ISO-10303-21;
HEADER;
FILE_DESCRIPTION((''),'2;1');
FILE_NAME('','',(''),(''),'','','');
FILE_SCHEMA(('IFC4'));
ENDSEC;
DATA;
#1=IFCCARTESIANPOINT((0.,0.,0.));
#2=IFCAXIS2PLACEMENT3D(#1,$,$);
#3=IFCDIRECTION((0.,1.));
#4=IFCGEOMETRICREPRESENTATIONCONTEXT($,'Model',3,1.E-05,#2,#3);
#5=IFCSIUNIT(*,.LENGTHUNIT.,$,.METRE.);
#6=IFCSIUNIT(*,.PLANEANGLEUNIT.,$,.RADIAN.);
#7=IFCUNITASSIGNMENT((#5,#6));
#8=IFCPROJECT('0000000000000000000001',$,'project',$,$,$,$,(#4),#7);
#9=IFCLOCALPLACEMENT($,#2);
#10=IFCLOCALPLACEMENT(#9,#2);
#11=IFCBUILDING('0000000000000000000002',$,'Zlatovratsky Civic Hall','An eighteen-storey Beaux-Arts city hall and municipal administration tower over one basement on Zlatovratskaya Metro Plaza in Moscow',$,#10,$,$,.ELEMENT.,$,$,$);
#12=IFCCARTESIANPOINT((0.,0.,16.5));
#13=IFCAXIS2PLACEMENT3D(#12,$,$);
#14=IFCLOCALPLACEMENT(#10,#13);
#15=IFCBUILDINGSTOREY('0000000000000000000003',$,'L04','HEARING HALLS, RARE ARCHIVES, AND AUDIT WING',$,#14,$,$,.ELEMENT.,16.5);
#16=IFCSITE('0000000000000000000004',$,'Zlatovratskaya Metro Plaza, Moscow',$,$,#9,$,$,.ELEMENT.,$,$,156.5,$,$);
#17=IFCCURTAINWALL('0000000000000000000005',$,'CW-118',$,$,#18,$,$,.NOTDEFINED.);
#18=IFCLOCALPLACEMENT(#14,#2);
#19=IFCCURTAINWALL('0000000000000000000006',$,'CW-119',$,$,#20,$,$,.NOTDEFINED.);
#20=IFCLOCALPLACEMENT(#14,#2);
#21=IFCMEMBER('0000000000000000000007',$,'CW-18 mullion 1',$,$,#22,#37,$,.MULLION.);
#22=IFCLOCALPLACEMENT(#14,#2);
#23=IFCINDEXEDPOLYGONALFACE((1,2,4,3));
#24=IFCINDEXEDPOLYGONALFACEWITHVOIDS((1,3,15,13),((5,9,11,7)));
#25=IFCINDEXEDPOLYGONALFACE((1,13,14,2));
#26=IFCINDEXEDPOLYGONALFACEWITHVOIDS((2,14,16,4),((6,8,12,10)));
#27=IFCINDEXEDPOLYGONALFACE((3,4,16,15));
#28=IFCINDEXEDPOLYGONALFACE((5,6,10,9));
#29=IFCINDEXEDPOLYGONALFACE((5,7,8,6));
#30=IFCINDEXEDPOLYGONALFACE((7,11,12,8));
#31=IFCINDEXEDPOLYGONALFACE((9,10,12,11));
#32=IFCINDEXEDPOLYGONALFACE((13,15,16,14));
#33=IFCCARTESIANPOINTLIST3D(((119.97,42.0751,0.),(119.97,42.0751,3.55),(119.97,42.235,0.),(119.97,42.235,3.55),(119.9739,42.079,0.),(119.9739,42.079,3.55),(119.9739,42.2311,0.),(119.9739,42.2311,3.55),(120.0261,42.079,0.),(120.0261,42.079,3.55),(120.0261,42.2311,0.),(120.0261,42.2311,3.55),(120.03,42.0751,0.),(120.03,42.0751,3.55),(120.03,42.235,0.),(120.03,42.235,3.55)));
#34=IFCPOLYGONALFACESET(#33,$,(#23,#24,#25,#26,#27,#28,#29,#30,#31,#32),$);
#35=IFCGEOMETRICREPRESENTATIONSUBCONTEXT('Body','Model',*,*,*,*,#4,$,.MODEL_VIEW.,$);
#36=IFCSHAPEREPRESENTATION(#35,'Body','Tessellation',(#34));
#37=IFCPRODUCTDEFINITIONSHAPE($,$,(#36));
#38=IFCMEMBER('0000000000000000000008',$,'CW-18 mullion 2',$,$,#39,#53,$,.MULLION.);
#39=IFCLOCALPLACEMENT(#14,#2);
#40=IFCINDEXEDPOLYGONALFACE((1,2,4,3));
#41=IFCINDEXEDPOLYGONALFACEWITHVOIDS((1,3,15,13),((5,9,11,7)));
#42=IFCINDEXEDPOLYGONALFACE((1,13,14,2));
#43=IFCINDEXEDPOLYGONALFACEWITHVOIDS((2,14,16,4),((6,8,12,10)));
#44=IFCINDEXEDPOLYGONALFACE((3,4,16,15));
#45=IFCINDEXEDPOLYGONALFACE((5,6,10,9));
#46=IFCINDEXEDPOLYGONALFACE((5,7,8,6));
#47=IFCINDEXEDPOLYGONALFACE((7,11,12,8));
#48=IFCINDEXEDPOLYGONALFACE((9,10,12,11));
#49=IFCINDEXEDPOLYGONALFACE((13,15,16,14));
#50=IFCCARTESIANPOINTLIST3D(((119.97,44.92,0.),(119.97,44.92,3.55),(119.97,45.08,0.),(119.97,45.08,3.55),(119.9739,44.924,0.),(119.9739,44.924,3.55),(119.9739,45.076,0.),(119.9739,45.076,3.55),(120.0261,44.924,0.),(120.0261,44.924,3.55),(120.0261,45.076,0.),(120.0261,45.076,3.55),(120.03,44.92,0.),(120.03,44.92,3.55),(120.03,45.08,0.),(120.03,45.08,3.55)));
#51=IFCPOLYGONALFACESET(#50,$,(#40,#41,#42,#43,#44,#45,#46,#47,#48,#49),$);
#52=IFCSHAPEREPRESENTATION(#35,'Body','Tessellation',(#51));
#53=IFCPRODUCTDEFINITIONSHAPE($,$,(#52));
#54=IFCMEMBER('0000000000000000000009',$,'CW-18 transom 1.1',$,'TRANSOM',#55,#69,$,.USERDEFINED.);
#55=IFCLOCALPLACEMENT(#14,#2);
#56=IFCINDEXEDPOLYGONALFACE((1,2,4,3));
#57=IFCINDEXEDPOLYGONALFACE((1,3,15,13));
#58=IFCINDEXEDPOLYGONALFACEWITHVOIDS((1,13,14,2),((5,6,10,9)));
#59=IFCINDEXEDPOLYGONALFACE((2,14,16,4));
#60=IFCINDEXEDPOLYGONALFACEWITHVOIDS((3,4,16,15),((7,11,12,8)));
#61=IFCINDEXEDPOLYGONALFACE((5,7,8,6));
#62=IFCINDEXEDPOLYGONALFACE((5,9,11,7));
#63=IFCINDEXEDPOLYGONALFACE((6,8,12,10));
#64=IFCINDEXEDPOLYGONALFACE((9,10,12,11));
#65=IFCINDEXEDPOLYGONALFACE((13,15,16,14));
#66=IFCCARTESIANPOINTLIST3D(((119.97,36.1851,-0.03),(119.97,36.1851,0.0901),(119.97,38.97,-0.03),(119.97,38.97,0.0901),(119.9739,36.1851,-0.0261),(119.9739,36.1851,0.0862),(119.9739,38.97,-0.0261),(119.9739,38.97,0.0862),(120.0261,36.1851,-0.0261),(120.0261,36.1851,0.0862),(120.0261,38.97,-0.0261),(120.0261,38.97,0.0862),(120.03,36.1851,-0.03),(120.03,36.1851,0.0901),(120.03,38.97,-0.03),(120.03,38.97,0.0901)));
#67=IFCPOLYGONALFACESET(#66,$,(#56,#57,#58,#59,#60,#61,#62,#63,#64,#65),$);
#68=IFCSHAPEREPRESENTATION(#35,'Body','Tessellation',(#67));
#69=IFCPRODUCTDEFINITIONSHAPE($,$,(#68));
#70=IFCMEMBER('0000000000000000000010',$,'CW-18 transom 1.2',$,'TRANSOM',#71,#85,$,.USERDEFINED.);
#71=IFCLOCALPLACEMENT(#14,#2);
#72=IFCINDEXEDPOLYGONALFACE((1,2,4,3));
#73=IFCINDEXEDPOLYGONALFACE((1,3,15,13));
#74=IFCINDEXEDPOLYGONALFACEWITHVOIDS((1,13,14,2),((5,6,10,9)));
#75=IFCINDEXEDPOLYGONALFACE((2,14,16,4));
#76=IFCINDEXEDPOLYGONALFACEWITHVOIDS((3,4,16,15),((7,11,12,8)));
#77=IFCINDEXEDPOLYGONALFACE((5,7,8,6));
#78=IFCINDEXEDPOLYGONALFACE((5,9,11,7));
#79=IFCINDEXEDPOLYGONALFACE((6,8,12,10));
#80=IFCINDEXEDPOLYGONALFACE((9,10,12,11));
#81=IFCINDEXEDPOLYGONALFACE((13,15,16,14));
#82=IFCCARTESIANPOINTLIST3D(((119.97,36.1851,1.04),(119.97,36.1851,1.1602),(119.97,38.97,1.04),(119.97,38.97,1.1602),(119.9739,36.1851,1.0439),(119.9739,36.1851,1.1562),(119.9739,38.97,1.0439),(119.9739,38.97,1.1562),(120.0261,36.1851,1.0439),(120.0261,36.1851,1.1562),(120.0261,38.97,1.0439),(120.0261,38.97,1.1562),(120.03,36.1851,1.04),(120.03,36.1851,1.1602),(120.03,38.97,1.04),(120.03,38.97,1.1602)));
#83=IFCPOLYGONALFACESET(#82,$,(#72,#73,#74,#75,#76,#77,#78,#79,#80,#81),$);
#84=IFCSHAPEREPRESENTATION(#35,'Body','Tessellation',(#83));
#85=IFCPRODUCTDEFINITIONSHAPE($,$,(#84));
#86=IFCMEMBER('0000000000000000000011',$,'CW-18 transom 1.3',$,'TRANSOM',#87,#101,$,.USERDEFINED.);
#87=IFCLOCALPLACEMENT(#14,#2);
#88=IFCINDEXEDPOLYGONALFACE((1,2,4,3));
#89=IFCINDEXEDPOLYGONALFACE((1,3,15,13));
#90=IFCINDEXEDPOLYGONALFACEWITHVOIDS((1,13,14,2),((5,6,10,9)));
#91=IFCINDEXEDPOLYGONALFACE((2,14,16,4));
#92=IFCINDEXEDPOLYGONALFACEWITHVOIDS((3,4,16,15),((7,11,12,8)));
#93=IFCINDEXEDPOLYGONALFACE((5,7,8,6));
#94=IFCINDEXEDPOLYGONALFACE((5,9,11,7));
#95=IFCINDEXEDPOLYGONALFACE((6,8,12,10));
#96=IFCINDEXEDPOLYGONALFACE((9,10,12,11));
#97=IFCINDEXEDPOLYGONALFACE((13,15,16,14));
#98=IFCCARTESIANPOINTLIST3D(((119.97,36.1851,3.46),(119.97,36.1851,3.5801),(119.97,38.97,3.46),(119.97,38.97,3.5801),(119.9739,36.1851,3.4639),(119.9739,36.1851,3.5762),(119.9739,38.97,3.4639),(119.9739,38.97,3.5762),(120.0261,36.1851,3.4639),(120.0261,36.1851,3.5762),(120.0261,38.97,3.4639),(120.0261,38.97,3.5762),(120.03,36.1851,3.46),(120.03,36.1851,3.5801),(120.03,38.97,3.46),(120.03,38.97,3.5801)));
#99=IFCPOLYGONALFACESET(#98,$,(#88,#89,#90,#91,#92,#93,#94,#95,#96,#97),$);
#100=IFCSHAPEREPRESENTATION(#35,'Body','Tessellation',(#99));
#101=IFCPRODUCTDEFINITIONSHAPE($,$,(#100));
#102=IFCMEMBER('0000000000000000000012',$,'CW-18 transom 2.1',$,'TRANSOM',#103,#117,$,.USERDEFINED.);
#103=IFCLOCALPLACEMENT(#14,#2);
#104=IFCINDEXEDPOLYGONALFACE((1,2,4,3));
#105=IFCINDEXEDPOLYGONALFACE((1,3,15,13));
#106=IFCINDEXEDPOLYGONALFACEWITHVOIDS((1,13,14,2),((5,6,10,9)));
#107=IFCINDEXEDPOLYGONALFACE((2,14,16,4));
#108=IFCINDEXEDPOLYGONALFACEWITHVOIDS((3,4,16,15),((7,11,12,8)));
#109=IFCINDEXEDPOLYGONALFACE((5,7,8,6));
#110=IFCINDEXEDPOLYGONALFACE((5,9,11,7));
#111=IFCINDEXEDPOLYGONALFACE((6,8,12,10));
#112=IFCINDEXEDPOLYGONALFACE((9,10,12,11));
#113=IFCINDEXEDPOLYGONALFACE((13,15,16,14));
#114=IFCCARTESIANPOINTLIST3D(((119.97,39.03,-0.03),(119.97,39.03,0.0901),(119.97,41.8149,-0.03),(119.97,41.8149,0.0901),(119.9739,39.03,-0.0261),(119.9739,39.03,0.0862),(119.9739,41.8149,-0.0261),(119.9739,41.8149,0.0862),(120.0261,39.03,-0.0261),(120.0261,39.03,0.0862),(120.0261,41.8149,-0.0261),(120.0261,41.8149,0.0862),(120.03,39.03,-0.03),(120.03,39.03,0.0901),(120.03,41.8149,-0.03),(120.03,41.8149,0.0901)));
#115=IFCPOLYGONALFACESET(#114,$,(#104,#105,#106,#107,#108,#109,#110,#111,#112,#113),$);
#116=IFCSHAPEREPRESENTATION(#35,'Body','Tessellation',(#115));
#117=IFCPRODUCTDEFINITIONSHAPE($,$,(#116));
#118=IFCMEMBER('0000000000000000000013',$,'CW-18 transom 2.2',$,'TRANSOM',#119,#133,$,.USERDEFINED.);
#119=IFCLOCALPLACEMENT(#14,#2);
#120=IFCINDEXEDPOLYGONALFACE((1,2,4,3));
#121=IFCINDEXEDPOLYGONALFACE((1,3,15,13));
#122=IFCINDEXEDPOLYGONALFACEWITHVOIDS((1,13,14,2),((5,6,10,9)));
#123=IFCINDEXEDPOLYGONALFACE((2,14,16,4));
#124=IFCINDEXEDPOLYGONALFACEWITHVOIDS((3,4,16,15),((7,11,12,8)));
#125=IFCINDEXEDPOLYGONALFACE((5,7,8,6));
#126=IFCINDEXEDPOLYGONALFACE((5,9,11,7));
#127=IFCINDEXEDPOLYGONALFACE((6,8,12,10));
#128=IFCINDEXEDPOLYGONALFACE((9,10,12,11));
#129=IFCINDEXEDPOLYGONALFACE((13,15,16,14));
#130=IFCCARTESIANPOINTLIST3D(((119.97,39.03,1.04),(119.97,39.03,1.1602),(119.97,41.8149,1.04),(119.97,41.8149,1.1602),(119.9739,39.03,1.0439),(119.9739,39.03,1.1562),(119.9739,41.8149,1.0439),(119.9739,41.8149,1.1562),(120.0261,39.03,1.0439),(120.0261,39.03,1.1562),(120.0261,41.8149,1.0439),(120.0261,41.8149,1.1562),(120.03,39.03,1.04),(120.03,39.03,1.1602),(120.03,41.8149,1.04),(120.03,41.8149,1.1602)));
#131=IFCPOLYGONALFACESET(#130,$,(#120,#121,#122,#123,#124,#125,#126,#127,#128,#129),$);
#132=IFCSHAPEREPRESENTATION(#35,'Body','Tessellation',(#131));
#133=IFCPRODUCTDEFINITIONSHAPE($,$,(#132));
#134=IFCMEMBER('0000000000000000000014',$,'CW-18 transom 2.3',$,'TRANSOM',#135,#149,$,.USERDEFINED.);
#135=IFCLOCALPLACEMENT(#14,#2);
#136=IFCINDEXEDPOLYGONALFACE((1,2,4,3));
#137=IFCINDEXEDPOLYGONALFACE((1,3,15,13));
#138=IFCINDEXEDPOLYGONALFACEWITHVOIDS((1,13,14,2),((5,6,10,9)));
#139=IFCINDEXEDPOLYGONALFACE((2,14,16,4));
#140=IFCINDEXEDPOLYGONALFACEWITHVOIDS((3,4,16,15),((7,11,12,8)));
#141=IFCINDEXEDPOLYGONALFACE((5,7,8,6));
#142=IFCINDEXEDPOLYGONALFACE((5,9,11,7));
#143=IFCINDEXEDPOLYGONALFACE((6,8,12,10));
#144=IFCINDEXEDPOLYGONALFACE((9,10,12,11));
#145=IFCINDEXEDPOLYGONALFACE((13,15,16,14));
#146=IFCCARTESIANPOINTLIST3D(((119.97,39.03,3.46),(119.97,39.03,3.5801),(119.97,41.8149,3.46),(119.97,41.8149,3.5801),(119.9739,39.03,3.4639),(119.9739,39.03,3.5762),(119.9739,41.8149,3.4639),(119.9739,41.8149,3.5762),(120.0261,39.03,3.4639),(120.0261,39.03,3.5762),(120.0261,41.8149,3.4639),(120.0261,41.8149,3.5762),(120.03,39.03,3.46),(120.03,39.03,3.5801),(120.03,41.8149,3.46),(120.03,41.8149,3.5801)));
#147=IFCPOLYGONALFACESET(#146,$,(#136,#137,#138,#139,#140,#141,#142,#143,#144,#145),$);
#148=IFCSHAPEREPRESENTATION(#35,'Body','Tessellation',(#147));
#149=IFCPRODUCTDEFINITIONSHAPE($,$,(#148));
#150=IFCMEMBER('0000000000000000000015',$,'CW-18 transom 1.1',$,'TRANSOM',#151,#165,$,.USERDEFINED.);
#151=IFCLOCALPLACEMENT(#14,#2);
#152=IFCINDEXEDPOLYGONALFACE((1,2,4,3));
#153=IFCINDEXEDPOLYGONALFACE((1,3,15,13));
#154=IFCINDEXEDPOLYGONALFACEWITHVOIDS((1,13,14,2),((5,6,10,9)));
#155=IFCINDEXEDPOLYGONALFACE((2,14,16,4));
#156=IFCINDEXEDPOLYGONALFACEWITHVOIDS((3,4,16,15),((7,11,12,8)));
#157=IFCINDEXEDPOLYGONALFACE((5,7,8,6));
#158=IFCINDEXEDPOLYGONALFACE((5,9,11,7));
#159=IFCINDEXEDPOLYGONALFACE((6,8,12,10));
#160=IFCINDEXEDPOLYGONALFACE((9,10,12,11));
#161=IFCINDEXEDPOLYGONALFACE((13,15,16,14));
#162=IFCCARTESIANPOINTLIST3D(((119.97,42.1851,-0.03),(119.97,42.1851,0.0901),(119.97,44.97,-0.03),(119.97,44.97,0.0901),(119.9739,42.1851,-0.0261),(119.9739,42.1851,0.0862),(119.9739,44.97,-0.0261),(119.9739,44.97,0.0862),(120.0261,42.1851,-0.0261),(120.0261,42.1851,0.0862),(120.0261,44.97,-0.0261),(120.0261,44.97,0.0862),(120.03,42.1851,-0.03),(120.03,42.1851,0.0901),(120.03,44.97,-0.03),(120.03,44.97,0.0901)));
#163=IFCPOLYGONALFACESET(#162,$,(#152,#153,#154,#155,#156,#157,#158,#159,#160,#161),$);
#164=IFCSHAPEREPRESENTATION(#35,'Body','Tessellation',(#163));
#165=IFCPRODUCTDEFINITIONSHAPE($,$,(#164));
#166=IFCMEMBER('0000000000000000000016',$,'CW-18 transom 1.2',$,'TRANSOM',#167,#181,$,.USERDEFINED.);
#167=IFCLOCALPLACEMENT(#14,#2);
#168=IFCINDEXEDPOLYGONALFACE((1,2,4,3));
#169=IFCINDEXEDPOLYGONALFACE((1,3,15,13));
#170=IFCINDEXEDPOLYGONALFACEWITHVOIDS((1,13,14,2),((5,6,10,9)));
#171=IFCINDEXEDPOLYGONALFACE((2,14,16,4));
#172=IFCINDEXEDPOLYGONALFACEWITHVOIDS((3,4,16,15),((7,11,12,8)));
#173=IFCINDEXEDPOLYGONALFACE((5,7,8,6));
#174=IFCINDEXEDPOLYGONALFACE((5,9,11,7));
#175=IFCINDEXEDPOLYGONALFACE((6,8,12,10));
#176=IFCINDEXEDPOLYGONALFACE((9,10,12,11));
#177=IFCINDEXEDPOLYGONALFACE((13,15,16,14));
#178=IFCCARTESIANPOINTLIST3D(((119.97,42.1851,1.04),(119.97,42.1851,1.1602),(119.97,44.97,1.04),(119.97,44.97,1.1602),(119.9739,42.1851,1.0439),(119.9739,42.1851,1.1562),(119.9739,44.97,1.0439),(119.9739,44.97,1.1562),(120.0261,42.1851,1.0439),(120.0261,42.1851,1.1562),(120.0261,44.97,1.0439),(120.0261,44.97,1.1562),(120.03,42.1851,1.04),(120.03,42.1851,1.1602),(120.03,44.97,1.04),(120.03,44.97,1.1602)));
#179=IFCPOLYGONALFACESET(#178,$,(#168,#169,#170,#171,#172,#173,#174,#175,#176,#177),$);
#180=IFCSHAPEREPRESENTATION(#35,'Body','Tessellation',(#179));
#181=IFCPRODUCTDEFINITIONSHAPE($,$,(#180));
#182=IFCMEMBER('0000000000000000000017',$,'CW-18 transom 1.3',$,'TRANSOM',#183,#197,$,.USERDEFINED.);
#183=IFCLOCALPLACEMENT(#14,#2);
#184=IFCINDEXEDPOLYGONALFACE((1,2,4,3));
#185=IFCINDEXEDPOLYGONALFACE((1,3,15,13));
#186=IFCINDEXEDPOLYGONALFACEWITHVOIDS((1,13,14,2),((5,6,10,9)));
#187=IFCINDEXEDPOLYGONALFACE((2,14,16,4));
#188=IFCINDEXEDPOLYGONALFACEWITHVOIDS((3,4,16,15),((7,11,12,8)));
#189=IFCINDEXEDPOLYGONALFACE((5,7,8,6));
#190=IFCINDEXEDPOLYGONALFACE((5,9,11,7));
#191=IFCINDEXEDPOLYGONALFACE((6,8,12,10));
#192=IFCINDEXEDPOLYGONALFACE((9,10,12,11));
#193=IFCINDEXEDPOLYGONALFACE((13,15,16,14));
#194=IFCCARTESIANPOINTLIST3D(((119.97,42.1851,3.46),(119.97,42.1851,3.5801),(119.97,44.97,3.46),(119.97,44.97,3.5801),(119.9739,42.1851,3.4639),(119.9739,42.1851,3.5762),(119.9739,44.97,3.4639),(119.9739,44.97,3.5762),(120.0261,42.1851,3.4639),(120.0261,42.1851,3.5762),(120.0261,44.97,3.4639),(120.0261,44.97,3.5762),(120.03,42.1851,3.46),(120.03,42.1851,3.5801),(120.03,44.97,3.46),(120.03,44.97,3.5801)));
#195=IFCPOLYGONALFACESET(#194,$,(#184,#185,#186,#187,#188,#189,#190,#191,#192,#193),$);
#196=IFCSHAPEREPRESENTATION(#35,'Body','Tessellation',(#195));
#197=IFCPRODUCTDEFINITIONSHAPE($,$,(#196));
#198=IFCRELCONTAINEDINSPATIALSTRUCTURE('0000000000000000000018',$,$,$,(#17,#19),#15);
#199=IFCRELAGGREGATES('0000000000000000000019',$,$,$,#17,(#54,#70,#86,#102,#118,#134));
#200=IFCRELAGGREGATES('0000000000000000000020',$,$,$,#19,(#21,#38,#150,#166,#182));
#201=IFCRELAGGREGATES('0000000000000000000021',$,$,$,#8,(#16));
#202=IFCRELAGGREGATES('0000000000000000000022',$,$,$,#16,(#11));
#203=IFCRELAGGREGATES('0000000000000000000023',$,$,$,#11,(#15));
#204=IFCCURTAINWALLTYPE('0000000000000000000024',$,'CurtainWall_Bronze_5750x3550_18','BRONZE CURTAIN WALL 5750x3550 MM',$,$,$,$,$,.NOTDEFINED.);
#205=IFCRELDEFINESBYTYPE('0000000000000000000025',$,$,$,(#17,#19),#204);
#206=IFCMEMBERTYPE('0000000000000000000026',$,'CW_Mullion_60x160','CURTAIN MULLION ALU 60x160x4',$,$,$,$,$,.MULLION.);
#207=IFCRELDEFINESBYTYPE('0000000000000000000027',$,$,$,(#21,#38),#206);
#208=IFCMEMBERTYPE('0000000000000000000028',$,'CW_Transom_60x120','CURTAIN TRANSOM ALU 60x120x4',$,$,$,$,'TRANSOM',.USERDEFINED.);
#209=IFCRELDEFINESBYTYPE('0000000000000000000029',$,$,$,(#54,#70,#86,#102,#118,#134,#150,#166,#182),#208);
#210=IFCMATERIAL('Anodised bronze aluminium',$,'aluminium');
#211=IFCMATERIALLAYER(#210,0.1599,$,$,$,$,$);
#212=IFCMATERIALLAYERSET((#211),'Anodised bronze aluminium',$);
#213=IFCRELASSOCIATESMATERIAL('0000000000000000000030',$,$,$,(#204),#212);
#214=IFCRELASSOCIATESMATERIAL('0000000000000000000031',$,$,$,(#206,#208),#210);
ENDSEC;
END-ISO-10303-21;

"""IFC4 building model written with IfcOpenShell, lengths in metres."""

from ifc_helpers import new_model, si_unit, direction, frame, origin, origin_2d, place, context, subcontext, project, spatial, hollow_rectangle, extrude, material, layer, layer_set, material_profile, profile_set, type_object, element, aggregate, save


model = new_model("IFC4")

# Units and contexts
model_context = context("Model", 3, precision=1e-05, world=origin(), true_north=direction((0.0, 1.0)))
body_context = subcontext(model_context, "Body", "Model", "MODEL_VIEW")
ifc_project = project(units=[si_unit("LENGTHUNIT", "METRE"), si_unit("PLANEANGLEUNIT", "RADIAN")], contexts=[model_context])

# Site, building, storey
site_placement = place(None, origin())
site = spatial("IfcSite", under=ifc_project, at=site_placement, Name="Zlatovratskaya Metro Plaza, Moscow", CompositionType="ELEMENT", RefElevation=156.5)
building_placement = place(site_placement, origin())
building = spatial("IfcBuilding", under=site, at=building_placement, Name="Zlatovratsky Civic Hall", Description="An eighteen-storey Beaux-Arts city hall and municipal administration tower over one basement on Zlatovratskaya Metro Plaza in Moscow", CompositionType="ELEMENT")
storey_placement = place(building_placement, frame((0.0, 0.0, 16.5)))
storey = spatial("IfcBuildingStorey", under=building, at=storey_placement, Name="L04", Description="HEARING HALLS, RARE ARCHIVES, AND AUDIT WING", CompositionType="ELEMENT", Elevation=16.5)

# Curtain walls, members
ifc_material_1 = material(Name="Anodised bronze aluminium", Category="aluminium")
ifc_layer_1 = layer(ifc_material_1, 0.1599)
ifc_layer_set_1 = layer_set([ifc_layer_1], Name="Anodised bronze aluminium")
curtain_wall_type = type_object("IfcCurtainWallType", Name="CurtainWall_Bronze_5750x3550_18", Description="BRONZE CURTAIN WALL 5750x3550 MM", PredefinedType="NOTDEFINED", material=ifc_layer_set_1)
curtain_wall_1_placement = place(storey_placement, origin())
curtain_wall_1 = element("IfcCurtainWall", 1, at=curtain_wall_1_placement, inside=storey, type_object=curtain_wall_type, Name="CW-118", PredefinedType="NOTDEFINED")
ifc_material_profile_1 = material_profile(ifc_material_1, hollow_rectangle(XDim=0.0601, YDim=0.1599, WallThickness=0.0039, at=origin_2d()), Name="ALU 60x160x4")
ifc_profile_set_1 = profile_set([ifc_material_profile_1], Name="Anodised bronze aluminium")
member_type_1 = type_object("IfcMemberType", Name="CW_Mullion_60x160", Description="CURTAIN MULLION ALU 60x160x4", PredefinedType="MULLION", material=ifc_profile_set_1)
curtain_wall_2_placement = place(storey_placement, origin())
curtain_wall_2 = element("IfcCurtainWall", 2, at=curtain_wall_2_placement, inside=storey, type_object=curtain_wall_type, Name="CW-119", PredefinedType="NOTDEFINED")
member_1_placement = place(storey_placement, frame((120.0, 42.155, 0.0), z_axis=(0.0, 0.0, 1.0), x_axis=(-1.0, 0.0, 0.0)))
member_1 = element("IfcMember", 3, at=member_1_placement, type_object=member_type_1, Name="CW-18 mullion 1", PredefinedType="MULLION", context=body_context, shape_type="SweptSolid", body=[
    extrude(hollow_rectangle(XDim=0.0601, YDim=0.1599, WallThickness=0.0039, at=origin_2d()), origin(), (0.0, 0.0, 1.0), 3.55),
])
member_2_placement = place(storey_placement, frame((120.0, 45.0, 0.0), z_axis=(0.0, 0.0, 1.0), x_axis=(-1.0, 0.0, 0.0)))
member_2 = element("IfcMember", 4, at=member_2_placement, type_object=member_type_1, Name="CW-18 mullion 2", PredefinedType="MULLION", context=body_context, shape_type="SweptSolid", body=[
    extrude(hollow_rectangle(XDim=0.0601, YDim=0.1599, WallThickness=0.0039, at=origin_2d()), origin(), (0.0, 0.0, 1.0), 3.55),
])

# Members
ifc_material_profile_2 = material_profile(ifc_material_1, hollow_rectangle(XDim=0.0601, YDim=0.1201, WallThickness=0.0039, at=origin_2d()), Name="ALU 60x120x4")
ifc_profile_set_2 = profile_set([ifc_material_profile_2], Name="Anodised bronze aluminium")
member_type_2 = type_object("IfcMemberType", Name="CW_Transom_60x120", Description="CURTAIN TRANSOM ALU 60x120x4", ElementType="TRANSOM", PredefinedType="USERDEFINED", material=ifc_profile_set_2)
member_3_placement = place(storey_placement, frame((120.0, 36.1851, 0.03), z_axis=(0.0, 1.0, 0.0), x_axis=(-1.0, 0.0, 0.0)))
member_3 = element("IfcMember", 5, at=member_3_placement, type_object=member_type_2, Name="CW-18 transom 1.1", ObjectType="TRANSOM", PredefinedType="USERDEFINED", context=body_context, shape_type="SweptSolid", body=[
    extrude(hollow_rectangle(XDim=0.0601, YDim=0.1201, WallThickness=0.0039, at=origin_2d()), origin(), (0.0, 0.0, 1.0), 2.7849),
])
member_4_placement = place(storey_placement, frame((120.0, 36.1851, 1.1001), z_axis=(0.0, 1.0, 0.0), x_axis=(-1.0, 0.0, 0.0)))
member_4 = element("IfcMember", 6, at=member_4_placement, type_object=member_type_2, Name="CW-18 transom 1.2", ObjectType="TRANSOM", PredefinedType="USERDEFINED", context=body_context, shape_type="SweptSolid", body=[
    extrude(hollow_rectangle(XDim=0.0601, YDim=0.1201, WallThickness=0.0039, at=origin_2d()), origin(), (0.0, 0.0, 1.0), 2.7849),
])
member_5_placement = place(storey_placement, frame((120.0, 36.1851, 3.52), z_axis=(0.0, 1.0, 0.0), x_axis=(-1.0, 0.0, 0.0)))
member_5 = element("IfcMember", 7, at=member_5_placement, type_object=member_type_2, Name="CW-18 transom 1.3", ObjectType="TRANSOM", PredefinedType="USERDEFINED", context=body_context, shape_type="SweptSolid", body=[
    extrude(hollow_rectangle(XDim=0.0601, YDim=0.1201, WallThickness=0.0039, at=origin_2d()), origin(), (0.0, 0.0, 1.0), 2.7849),
])
member_6_placement = place(storey_placement, frame((120.0, 39.03, 0.03), z_axis=(0.0, 1.0, 0.0), x_axis=(-1.0, 0.0, 0.0)))
member_6 = element("IfcMember", 8, at=member_6_placement, type_object=member_type_2, Name="CW-18 transom 2.1", ObjectType="TRANSOM", PredefinedType="USERDEFINED", context=body_context, shape_type="SweptSolid", body=[
    extrude(hollow_rectangle(XDim=0.0601, YDim=0.1201, WallThickness=0.0039, at=origin_2d()), origin(), (0.0, 0.0, 1.0), 2.7849),
])
member_7_placement = place(storey_placement, frame((120.0, 39.03, 1.1001), z_axis=(0.0, 1.0, 0.0), x_axis=(-1.0, 0.0, 0.0)))
member_7 = element("IfcMember", 9, at=member_7_placement, type_object=member_type_2, Name="CW-18 transom 2.2", ObjectType="TRANSOM", PredefinedType="USERDEFINED", context=body_context, shape_type="SweptSolid", body=[
    extrude(hollow_rectangle(XDim=0.0601, YDim=0.1201, WallThickness=0.0039, at=origin_2d()), origin(), (0.0, 0.0, 1.0), 2.7849),
])
member_8_placement = place(storey_placement, frame((120.0, 39.03, 3.52), z_axis=(0.0, 1.0, 0.0), x_axis=(-1.0, 0.0, 0.0)))
member_8 = element("IfcMember", 10, at=member_8_placement, type_object=member_type_2, Name="CW-18 transom 2.3", ObjectType="TRANSOM", PredefinedType="USERDEFINED", context=body_context, shape_type="SweptSolid", body=[
    extrude(hollow_rectangle(XDim=0.0601, YDim=0.1201, WallThickness=0.0039, at=origin_2d()), origin(), (0.0, 0.0, 1.0), 2.7849),
])
member_9_placement = place(storey_placement, frame((120.0, 42.1851, 0.03), z_axis=(0.0, 1.0, 0.0), x_axis=(-1.0, 0.0, 0.0)))
member_9 = element("IfcMember", 11, at=member_9_placement, type_object=member_type_2, Name="CW-18 transom 1.1", ObjectType="TRANSOM", PredefinedType="USERDEFINED", context=body_context, shape_type="SweptSolid", body=[
    extrude(hollow_rectangle(XDim=0.0601, YDim=0.1201, WallThickness=0.0039, at=origin_2d()), origin(), (0.0, 0.0, 1.0), 2.7849),
])
member_10_placement = place(storey_placement, frame((120.0, 42.1851, 1.1001), z_axis=(0.0, 1.0, 0.0), x_axis=(-1.0, 0.0, 0.0)))
member_10 = element("IfcMember", 12, at=member_10_placement, type_object=member_type_2, Name="CW-18 transom 1.2", ObjectType="TRANSOM", PredefinedType="USERDEFINED", context=body_context, shape_type="SweptSolid", body=[
    extrude(hollow_rectangle(XDim=0.0601, YDim=0.1201, WallThickness=0.0039, at=origin_2d()), origin(), (0.0, 0.0, 1.0), 2.7849),
])
member_11_placement = place(storey_placement, frame((120.0, 42.1851, 3.52), z_axis=(0.0, 1.0, 0.0), x_axis=(-1.0, 0.0, 0.0)))
member_11 = element("IfcMember", 13, at=member_11_placement, type_object=member_type_2, Name="CW-18 transom 1.3", ObjectType="TRANSOM", PredefinedType="USERDEFINED", context=body_context, shape_type="SweptSolid", body=[
    extrude(hollow_rectangle(XDim=0.0601, YDim=0.1201, WallThickness=0.0039, at=origin_2d()), origin(), (0.0, 0.0, 1.0), 2.7849),
])

aggregate(curtain_wall_1, [member_3, member_4, member_5, member_6, member_7, member_8])
aggregate(curtain_wall_2, [member_1, member_2, member_9, member_10, member_11])

save(model, "model.ifc")
